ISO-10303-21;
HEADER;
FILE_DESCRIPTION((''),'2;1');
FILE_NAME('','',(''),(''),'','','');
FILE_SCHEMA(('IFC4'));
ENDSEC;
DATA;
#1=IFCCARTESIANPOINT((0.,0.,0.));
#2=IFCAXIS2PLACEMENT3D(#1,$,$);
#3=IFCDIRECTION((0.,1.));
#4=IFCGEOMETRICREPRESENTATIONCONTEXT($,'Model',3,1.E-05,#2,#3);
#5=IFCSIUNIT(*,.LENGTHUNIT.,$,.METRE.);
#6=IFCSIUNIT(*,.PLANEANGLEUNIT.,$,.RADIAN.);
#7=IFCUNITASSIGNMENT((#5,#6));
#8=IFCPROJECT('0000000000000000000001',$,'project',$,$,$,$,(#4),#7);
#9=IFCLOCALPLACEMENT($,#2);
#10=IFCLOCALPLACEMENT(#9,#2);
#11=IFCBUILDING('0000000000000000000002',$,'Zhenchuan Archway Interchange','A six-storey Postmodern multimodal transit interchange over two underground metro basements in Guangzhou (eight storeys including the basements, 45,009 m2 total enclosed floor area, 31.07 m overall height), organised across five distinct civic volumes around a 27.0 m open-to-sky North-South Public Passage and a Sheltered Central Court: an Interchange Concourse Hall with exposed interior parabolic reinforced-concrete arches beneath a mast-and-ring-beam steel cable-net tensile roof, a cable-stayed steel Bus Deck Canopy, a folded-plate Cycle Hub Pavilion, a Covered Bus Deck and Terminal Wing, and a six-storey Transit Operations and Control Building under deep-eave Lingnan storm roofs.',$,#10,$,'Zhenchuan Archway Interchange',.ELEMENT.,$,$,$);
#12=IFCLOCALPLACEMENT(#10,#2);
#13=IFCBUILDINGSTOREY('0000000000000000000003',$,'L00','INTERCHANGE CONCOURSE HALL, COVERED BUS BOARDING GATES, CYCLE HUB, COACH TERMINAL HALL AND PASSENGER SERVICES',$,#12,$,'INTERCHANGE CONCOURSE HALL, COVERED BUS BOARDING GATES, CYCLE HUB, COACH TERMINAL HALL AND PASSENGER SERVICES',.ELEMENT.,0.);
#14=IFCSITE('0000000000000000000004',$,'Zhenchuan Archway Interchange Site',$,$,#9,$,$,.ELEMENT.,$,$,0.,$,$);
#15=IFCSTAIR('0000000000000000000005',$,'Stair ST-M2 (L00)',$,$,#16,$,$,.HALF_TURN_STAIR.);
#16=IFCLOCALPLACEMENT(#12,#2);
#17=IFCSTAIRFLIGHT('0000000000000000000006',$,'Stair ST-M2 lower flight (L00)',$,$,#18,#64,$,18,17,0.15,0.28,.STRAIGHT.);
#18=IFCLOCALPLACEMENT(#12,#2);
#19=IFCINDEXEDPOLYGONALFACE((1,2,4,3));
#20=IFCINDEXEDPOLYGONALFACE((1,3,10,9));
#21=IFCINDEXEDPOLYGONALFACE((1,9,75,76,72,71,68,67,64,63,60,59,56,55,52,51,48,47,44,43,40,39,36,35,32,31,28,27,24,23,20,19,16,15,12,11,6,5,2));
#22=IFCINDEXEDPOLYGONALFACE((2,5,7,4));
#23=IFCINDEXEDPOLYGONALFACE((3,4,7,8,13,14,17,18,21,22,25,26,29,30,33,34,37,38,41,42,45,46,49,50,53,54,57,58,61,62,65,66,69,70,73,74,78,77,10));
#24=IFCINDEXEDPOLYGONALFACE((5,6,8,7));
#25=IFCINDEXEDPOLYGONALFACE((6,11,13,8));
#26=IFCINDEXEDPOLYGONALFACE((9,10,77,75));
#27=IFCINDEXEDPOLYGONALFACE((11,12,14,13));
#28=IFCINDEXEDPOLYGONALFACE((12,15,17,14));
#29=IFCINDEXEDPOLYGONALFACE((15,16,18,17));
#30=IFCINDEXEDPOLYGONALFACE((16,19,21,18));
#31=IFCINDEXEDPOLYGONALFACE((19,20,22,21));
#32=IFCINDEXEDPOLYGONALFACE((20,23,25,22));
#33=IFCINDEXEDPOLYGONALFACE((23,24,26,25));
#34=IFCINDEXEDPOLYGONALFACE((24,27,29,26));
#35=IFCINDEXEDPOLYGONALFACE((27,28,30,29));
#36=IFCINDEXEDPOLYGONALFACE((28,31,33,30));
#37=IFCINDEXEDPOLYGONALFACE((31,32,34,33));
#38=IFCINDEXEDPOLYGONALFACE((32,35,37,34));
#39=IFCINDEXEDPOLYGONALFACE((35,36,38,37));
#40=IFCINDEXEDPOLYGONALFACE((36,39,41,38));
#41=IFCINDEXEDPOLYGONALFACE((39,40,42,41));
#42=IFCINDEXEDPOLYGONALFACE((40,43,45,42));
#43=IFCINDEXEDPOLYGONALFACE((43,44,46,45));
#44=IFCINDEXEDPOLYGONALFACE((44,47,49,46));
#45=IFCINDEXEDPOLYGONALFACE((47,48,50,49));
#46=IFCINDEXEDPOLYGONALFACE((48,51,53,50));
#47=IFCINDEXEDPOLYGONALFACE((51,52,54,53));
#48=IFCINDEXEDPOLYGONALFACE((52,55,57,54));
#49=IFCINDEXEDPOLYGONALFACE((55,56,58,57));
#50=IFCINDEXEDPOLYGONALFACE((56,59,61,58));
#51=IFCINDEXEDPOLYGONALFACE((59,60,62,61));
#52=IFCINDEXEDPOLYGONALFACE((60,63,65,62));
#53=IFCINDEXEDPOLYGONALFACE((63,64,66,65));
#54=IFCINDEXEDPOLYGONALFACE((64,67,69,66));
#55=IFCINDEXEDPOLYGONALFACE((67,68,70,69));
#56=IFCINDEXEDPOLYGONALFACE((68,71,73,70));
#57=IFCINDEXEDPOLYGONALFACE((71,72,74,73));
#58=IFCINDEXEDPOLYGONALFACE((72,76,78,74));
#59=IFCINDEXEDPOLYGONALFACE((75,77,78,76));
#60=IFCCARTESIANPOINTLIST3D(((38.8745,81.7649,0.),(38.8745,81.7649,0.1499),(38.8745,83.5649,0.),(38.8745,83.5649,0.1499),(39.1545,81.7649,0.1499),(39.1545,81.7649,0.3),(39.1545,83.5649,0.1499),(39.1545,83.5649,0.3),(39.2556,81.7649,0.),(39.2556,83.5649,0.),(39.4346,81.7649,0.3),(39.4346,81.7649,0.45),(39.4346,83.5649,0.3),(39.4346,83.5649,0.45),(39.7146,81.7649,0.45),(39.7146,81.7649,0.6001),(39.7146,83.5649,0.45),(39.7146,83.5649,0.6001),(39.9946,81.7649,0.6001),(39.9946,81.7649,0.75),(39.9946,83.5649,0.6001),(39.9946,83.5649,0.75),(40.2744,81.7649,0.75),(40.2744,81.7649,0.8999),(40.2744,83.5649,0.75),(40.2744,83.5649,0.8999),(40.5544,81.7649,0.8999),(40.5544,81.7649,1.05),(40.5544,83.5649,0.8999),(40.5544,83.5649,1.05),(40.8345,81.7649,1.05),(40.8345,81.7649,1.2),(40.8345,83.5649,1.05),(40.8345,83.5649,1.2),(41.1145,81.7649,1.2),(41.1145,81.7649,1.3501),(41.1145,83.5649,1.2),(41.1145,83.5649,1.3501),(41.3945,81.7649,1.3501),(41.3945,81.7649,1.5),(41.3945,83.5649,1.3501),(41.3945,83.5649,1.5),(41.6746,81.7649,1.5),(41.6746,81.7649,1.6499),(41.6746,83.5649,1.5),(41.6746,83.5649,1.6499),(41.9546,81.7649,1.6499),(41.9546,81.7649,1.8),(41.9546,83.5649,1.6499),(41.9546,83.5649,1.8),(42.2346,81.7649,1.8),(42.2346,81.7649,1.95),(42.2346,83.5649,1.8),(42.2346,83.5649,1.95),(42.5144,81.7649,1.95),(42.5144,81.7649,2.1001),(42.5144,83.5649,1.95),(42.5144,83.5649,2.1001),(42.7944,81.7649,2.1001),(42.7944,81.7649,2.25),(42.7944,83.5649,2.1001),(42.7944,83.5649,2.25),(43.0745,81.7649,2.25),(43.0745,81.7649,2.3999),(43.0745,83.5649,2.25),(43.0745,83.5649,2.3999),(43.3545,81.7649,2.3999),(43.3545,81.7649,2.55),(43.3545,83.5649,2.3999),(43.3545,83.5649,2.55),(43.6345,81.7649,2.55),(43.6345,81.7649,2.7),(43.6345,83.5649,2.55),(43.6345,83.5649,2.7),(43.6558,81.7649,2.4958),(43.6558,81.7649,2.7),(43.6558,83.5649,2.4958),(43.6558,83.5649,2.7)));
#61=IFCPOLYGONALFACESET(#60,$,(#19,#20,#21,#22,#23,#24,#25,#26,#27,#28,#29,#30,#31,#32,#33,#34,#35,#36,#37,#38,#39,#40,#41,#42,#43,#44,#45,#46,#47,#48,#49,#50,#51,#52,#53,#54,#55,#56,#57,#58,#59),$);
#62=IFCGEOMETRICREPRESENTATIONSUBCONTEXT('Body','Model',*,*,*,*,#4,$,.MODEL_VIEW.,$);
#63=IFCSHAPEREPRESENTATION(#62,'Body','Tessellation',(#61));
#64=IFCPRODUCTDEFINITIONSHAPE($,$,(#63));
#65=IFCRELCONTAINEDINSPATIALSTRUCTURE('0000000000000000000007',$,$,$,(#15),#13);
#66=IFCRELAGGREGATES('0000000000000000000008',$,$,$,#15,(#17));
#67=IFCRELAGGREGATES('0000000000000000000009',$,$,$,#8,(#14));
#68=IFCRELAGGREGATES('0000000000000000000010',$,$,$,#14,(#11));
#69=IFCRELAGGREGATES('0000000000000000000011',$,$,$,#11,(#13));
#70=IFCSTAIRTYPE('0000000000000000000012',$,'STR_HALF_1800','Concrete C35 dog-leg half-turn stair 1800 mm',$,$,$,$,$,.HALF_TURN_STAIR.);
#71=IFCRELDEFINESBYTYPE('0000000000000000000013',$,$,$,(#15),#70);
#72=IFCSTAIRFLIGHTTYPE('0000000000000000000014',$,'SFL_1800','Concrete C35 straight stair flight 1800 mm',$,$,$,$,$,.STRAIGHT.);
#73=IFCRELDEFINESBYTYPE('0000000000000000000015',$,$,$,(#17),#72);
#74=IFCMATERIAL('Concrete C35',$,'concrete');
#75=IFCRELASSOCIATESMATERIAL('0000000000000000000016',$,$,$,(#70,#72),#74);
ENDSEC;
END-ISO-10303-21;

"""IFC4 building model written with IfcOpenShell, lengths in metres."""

from ifc_helpers import new_model, si_unit, direction, frame, origin, place, context, subcontext, project, spatial, polyline, outline, extrude, material, type_object, element, aggregate, save


model = new_model("IFC4")

# Units and contexts
model_context = context("Model", 3, precision=1e-05, world=origin(), true_north=direction((0.0, 1.0)))
body_context = subcontext(model_context, "Body", "Model", "MODEL_VIEW")
ifc_project = project(units=[si_unit("LENGTHUNIT", "METRE"), si_unit("PLANEANGLEUNIT", "RADIAN")], contexts=[model_context])

# Site, building, storey
site_placement = place(None, origin())
site = spatial("IfcSite", under=ifc_project, at=site_placement, Name="Zhenchuan Archway Interchange Site", CompositionType="ELEMENT", RefElevation=0.0)
building_placement = place(site_placement, origin())
building = spatial("IfcBuilding", under=site, at=building_placement, Name="Zhenchuan Archway Interchange", Description="A six-storey Postmodern multimodal transit interchange over two underground metro basements in Guangzhou (eight storeys including the basements, 45,009 m2 total enclosed floor area, 31.07 m overall height), organised across five distinct civic volumes around a 27.0 m open-to-sky North-South Public Passage and a Sheltered Central Court: an Interchange Concourse Hall with exposed interior parabolic reinforced-concrete arches beneath a mast-and-ring-beam steel cable-net tensile roof, a cable-stayed steel Bus Deck Canopy, a folded-plate Cycle Hub Pavilion, a Covered Bus Deck and Terminal Wing, and a six-storey Transit Operations and Control Building under deep-eave Lingnan storm roofs.", LongName="Zhenchuan Archway Interchange", CompositionType="ELEMENT")
storey_placement = place(building_placement, origin())
storey = spatial("IfcBuildingStorey", under=building, at=storey_placement, Name="L00", Description="INTERCHANGE CONCOURSE HALL, COVERED BUS BOARDING GATES, CYCLE HUB, COACH TERMINAL HALL AND PASSENGER SERVICES", LongName="INTERCHANGE CONCOURSE HALL, COVERED BUS BOARDING GATES, CYCLE HUB, COACH TERMINAL HALL AND PASSENGER SERVICES", CompositionType="ELEMENT", Elevation=0.0)

# Stair, stair flight
ifc_material_1 = material(Name="Concrete C35", Category="concrete")
stair_type = type_object("IfcStairType", Name="STR_HALF_1800", Description="Concrete C35 dog-leg half-turn stair 1800 mm", PredefinedType="HALF_TURN_STAIR", material=ifc_material_1)
stair_placement = place(storey_placement, origin())
stair = element("IfcStair", 1, at=stair_placement, inside=storey, type_object=stair_type, Name="Stair ST-M2 (L00)", PredefinedType="HALF_TURN_STAIR")
stair_flight_type = type_object("IfcStairFlightType", Name="SFL_1800", Description="Concrete C35 straight stair flight 1800 mm", PredefinedType="STRAIGHT", material=ifc_material_1)
stair_flight_placement = place(storey_placement, frame((38.8745, 82.665, 0.0), z_axis=(0.0, 0.0, 1.0), x_axis=(1.0, 0.0, 0.0)))
stair_flight = element("IfcStairFlight", 2, at=stair_flight_placement, type_object=stair_flight_type, Name="Stair ST-M2 lower flight (L00)", NumberOfRisers=18, NumberOfTreads=17, PredefinedType="STRAIGHT", RiserHeight=0.15, TreadLength=0.28, context=body_context, shape_type="SweptSolid", body=[
    extrude(outline(polyline([(0.0, 0.0), (0.0, 0.1499), (0.28, 0.1499), (0.28, 0.3), (0.5601, 0.3), (0.5601, 0.45), (0.8401, 0.45), (0.8401, 0.6001), (1.1201, 0.6001), (1.1201, 0.75), (1.3999, 0.75), (1.3999, 0.8999), (1.6799, 0.8999), (1.6799, 1.05), (1.96, 1.05), (1.96, 1.2), (2.24, 1.2), (2.24, 1.3501), (2.52, 1.3501), (2.52, 1.5), (2.8, 1.5), (2.8, 1.6499), (3.0801, 1.6499), (3.0801, 1.8), (3.3601, 1.8), (3.3601, 1.95), (3.6399, 1.95), (3.6399, 2.1001), (3.9199, 2.1001), (3.9199, 2.25), (4.2, 2.25), (4.2, 2.3999), (4.48, 2.3999), (4.48, 2.55), (4.76, 2.55), (4.76, 2.7), (4.7812, 2.7), (4.7812, 2.4958), (0.3811, 0.0), (0.0, 0.0)])), frame((0.0, 0.8999, 0.0), z_axis=(0.0, -1.0, 0.0), x_axis=(1.0, 0.0, 0.0)), (0.0, 0.0, 1.0), 1.8),
])
aggregate(stair, [stair_flight])

save(model, "model.ifc")
